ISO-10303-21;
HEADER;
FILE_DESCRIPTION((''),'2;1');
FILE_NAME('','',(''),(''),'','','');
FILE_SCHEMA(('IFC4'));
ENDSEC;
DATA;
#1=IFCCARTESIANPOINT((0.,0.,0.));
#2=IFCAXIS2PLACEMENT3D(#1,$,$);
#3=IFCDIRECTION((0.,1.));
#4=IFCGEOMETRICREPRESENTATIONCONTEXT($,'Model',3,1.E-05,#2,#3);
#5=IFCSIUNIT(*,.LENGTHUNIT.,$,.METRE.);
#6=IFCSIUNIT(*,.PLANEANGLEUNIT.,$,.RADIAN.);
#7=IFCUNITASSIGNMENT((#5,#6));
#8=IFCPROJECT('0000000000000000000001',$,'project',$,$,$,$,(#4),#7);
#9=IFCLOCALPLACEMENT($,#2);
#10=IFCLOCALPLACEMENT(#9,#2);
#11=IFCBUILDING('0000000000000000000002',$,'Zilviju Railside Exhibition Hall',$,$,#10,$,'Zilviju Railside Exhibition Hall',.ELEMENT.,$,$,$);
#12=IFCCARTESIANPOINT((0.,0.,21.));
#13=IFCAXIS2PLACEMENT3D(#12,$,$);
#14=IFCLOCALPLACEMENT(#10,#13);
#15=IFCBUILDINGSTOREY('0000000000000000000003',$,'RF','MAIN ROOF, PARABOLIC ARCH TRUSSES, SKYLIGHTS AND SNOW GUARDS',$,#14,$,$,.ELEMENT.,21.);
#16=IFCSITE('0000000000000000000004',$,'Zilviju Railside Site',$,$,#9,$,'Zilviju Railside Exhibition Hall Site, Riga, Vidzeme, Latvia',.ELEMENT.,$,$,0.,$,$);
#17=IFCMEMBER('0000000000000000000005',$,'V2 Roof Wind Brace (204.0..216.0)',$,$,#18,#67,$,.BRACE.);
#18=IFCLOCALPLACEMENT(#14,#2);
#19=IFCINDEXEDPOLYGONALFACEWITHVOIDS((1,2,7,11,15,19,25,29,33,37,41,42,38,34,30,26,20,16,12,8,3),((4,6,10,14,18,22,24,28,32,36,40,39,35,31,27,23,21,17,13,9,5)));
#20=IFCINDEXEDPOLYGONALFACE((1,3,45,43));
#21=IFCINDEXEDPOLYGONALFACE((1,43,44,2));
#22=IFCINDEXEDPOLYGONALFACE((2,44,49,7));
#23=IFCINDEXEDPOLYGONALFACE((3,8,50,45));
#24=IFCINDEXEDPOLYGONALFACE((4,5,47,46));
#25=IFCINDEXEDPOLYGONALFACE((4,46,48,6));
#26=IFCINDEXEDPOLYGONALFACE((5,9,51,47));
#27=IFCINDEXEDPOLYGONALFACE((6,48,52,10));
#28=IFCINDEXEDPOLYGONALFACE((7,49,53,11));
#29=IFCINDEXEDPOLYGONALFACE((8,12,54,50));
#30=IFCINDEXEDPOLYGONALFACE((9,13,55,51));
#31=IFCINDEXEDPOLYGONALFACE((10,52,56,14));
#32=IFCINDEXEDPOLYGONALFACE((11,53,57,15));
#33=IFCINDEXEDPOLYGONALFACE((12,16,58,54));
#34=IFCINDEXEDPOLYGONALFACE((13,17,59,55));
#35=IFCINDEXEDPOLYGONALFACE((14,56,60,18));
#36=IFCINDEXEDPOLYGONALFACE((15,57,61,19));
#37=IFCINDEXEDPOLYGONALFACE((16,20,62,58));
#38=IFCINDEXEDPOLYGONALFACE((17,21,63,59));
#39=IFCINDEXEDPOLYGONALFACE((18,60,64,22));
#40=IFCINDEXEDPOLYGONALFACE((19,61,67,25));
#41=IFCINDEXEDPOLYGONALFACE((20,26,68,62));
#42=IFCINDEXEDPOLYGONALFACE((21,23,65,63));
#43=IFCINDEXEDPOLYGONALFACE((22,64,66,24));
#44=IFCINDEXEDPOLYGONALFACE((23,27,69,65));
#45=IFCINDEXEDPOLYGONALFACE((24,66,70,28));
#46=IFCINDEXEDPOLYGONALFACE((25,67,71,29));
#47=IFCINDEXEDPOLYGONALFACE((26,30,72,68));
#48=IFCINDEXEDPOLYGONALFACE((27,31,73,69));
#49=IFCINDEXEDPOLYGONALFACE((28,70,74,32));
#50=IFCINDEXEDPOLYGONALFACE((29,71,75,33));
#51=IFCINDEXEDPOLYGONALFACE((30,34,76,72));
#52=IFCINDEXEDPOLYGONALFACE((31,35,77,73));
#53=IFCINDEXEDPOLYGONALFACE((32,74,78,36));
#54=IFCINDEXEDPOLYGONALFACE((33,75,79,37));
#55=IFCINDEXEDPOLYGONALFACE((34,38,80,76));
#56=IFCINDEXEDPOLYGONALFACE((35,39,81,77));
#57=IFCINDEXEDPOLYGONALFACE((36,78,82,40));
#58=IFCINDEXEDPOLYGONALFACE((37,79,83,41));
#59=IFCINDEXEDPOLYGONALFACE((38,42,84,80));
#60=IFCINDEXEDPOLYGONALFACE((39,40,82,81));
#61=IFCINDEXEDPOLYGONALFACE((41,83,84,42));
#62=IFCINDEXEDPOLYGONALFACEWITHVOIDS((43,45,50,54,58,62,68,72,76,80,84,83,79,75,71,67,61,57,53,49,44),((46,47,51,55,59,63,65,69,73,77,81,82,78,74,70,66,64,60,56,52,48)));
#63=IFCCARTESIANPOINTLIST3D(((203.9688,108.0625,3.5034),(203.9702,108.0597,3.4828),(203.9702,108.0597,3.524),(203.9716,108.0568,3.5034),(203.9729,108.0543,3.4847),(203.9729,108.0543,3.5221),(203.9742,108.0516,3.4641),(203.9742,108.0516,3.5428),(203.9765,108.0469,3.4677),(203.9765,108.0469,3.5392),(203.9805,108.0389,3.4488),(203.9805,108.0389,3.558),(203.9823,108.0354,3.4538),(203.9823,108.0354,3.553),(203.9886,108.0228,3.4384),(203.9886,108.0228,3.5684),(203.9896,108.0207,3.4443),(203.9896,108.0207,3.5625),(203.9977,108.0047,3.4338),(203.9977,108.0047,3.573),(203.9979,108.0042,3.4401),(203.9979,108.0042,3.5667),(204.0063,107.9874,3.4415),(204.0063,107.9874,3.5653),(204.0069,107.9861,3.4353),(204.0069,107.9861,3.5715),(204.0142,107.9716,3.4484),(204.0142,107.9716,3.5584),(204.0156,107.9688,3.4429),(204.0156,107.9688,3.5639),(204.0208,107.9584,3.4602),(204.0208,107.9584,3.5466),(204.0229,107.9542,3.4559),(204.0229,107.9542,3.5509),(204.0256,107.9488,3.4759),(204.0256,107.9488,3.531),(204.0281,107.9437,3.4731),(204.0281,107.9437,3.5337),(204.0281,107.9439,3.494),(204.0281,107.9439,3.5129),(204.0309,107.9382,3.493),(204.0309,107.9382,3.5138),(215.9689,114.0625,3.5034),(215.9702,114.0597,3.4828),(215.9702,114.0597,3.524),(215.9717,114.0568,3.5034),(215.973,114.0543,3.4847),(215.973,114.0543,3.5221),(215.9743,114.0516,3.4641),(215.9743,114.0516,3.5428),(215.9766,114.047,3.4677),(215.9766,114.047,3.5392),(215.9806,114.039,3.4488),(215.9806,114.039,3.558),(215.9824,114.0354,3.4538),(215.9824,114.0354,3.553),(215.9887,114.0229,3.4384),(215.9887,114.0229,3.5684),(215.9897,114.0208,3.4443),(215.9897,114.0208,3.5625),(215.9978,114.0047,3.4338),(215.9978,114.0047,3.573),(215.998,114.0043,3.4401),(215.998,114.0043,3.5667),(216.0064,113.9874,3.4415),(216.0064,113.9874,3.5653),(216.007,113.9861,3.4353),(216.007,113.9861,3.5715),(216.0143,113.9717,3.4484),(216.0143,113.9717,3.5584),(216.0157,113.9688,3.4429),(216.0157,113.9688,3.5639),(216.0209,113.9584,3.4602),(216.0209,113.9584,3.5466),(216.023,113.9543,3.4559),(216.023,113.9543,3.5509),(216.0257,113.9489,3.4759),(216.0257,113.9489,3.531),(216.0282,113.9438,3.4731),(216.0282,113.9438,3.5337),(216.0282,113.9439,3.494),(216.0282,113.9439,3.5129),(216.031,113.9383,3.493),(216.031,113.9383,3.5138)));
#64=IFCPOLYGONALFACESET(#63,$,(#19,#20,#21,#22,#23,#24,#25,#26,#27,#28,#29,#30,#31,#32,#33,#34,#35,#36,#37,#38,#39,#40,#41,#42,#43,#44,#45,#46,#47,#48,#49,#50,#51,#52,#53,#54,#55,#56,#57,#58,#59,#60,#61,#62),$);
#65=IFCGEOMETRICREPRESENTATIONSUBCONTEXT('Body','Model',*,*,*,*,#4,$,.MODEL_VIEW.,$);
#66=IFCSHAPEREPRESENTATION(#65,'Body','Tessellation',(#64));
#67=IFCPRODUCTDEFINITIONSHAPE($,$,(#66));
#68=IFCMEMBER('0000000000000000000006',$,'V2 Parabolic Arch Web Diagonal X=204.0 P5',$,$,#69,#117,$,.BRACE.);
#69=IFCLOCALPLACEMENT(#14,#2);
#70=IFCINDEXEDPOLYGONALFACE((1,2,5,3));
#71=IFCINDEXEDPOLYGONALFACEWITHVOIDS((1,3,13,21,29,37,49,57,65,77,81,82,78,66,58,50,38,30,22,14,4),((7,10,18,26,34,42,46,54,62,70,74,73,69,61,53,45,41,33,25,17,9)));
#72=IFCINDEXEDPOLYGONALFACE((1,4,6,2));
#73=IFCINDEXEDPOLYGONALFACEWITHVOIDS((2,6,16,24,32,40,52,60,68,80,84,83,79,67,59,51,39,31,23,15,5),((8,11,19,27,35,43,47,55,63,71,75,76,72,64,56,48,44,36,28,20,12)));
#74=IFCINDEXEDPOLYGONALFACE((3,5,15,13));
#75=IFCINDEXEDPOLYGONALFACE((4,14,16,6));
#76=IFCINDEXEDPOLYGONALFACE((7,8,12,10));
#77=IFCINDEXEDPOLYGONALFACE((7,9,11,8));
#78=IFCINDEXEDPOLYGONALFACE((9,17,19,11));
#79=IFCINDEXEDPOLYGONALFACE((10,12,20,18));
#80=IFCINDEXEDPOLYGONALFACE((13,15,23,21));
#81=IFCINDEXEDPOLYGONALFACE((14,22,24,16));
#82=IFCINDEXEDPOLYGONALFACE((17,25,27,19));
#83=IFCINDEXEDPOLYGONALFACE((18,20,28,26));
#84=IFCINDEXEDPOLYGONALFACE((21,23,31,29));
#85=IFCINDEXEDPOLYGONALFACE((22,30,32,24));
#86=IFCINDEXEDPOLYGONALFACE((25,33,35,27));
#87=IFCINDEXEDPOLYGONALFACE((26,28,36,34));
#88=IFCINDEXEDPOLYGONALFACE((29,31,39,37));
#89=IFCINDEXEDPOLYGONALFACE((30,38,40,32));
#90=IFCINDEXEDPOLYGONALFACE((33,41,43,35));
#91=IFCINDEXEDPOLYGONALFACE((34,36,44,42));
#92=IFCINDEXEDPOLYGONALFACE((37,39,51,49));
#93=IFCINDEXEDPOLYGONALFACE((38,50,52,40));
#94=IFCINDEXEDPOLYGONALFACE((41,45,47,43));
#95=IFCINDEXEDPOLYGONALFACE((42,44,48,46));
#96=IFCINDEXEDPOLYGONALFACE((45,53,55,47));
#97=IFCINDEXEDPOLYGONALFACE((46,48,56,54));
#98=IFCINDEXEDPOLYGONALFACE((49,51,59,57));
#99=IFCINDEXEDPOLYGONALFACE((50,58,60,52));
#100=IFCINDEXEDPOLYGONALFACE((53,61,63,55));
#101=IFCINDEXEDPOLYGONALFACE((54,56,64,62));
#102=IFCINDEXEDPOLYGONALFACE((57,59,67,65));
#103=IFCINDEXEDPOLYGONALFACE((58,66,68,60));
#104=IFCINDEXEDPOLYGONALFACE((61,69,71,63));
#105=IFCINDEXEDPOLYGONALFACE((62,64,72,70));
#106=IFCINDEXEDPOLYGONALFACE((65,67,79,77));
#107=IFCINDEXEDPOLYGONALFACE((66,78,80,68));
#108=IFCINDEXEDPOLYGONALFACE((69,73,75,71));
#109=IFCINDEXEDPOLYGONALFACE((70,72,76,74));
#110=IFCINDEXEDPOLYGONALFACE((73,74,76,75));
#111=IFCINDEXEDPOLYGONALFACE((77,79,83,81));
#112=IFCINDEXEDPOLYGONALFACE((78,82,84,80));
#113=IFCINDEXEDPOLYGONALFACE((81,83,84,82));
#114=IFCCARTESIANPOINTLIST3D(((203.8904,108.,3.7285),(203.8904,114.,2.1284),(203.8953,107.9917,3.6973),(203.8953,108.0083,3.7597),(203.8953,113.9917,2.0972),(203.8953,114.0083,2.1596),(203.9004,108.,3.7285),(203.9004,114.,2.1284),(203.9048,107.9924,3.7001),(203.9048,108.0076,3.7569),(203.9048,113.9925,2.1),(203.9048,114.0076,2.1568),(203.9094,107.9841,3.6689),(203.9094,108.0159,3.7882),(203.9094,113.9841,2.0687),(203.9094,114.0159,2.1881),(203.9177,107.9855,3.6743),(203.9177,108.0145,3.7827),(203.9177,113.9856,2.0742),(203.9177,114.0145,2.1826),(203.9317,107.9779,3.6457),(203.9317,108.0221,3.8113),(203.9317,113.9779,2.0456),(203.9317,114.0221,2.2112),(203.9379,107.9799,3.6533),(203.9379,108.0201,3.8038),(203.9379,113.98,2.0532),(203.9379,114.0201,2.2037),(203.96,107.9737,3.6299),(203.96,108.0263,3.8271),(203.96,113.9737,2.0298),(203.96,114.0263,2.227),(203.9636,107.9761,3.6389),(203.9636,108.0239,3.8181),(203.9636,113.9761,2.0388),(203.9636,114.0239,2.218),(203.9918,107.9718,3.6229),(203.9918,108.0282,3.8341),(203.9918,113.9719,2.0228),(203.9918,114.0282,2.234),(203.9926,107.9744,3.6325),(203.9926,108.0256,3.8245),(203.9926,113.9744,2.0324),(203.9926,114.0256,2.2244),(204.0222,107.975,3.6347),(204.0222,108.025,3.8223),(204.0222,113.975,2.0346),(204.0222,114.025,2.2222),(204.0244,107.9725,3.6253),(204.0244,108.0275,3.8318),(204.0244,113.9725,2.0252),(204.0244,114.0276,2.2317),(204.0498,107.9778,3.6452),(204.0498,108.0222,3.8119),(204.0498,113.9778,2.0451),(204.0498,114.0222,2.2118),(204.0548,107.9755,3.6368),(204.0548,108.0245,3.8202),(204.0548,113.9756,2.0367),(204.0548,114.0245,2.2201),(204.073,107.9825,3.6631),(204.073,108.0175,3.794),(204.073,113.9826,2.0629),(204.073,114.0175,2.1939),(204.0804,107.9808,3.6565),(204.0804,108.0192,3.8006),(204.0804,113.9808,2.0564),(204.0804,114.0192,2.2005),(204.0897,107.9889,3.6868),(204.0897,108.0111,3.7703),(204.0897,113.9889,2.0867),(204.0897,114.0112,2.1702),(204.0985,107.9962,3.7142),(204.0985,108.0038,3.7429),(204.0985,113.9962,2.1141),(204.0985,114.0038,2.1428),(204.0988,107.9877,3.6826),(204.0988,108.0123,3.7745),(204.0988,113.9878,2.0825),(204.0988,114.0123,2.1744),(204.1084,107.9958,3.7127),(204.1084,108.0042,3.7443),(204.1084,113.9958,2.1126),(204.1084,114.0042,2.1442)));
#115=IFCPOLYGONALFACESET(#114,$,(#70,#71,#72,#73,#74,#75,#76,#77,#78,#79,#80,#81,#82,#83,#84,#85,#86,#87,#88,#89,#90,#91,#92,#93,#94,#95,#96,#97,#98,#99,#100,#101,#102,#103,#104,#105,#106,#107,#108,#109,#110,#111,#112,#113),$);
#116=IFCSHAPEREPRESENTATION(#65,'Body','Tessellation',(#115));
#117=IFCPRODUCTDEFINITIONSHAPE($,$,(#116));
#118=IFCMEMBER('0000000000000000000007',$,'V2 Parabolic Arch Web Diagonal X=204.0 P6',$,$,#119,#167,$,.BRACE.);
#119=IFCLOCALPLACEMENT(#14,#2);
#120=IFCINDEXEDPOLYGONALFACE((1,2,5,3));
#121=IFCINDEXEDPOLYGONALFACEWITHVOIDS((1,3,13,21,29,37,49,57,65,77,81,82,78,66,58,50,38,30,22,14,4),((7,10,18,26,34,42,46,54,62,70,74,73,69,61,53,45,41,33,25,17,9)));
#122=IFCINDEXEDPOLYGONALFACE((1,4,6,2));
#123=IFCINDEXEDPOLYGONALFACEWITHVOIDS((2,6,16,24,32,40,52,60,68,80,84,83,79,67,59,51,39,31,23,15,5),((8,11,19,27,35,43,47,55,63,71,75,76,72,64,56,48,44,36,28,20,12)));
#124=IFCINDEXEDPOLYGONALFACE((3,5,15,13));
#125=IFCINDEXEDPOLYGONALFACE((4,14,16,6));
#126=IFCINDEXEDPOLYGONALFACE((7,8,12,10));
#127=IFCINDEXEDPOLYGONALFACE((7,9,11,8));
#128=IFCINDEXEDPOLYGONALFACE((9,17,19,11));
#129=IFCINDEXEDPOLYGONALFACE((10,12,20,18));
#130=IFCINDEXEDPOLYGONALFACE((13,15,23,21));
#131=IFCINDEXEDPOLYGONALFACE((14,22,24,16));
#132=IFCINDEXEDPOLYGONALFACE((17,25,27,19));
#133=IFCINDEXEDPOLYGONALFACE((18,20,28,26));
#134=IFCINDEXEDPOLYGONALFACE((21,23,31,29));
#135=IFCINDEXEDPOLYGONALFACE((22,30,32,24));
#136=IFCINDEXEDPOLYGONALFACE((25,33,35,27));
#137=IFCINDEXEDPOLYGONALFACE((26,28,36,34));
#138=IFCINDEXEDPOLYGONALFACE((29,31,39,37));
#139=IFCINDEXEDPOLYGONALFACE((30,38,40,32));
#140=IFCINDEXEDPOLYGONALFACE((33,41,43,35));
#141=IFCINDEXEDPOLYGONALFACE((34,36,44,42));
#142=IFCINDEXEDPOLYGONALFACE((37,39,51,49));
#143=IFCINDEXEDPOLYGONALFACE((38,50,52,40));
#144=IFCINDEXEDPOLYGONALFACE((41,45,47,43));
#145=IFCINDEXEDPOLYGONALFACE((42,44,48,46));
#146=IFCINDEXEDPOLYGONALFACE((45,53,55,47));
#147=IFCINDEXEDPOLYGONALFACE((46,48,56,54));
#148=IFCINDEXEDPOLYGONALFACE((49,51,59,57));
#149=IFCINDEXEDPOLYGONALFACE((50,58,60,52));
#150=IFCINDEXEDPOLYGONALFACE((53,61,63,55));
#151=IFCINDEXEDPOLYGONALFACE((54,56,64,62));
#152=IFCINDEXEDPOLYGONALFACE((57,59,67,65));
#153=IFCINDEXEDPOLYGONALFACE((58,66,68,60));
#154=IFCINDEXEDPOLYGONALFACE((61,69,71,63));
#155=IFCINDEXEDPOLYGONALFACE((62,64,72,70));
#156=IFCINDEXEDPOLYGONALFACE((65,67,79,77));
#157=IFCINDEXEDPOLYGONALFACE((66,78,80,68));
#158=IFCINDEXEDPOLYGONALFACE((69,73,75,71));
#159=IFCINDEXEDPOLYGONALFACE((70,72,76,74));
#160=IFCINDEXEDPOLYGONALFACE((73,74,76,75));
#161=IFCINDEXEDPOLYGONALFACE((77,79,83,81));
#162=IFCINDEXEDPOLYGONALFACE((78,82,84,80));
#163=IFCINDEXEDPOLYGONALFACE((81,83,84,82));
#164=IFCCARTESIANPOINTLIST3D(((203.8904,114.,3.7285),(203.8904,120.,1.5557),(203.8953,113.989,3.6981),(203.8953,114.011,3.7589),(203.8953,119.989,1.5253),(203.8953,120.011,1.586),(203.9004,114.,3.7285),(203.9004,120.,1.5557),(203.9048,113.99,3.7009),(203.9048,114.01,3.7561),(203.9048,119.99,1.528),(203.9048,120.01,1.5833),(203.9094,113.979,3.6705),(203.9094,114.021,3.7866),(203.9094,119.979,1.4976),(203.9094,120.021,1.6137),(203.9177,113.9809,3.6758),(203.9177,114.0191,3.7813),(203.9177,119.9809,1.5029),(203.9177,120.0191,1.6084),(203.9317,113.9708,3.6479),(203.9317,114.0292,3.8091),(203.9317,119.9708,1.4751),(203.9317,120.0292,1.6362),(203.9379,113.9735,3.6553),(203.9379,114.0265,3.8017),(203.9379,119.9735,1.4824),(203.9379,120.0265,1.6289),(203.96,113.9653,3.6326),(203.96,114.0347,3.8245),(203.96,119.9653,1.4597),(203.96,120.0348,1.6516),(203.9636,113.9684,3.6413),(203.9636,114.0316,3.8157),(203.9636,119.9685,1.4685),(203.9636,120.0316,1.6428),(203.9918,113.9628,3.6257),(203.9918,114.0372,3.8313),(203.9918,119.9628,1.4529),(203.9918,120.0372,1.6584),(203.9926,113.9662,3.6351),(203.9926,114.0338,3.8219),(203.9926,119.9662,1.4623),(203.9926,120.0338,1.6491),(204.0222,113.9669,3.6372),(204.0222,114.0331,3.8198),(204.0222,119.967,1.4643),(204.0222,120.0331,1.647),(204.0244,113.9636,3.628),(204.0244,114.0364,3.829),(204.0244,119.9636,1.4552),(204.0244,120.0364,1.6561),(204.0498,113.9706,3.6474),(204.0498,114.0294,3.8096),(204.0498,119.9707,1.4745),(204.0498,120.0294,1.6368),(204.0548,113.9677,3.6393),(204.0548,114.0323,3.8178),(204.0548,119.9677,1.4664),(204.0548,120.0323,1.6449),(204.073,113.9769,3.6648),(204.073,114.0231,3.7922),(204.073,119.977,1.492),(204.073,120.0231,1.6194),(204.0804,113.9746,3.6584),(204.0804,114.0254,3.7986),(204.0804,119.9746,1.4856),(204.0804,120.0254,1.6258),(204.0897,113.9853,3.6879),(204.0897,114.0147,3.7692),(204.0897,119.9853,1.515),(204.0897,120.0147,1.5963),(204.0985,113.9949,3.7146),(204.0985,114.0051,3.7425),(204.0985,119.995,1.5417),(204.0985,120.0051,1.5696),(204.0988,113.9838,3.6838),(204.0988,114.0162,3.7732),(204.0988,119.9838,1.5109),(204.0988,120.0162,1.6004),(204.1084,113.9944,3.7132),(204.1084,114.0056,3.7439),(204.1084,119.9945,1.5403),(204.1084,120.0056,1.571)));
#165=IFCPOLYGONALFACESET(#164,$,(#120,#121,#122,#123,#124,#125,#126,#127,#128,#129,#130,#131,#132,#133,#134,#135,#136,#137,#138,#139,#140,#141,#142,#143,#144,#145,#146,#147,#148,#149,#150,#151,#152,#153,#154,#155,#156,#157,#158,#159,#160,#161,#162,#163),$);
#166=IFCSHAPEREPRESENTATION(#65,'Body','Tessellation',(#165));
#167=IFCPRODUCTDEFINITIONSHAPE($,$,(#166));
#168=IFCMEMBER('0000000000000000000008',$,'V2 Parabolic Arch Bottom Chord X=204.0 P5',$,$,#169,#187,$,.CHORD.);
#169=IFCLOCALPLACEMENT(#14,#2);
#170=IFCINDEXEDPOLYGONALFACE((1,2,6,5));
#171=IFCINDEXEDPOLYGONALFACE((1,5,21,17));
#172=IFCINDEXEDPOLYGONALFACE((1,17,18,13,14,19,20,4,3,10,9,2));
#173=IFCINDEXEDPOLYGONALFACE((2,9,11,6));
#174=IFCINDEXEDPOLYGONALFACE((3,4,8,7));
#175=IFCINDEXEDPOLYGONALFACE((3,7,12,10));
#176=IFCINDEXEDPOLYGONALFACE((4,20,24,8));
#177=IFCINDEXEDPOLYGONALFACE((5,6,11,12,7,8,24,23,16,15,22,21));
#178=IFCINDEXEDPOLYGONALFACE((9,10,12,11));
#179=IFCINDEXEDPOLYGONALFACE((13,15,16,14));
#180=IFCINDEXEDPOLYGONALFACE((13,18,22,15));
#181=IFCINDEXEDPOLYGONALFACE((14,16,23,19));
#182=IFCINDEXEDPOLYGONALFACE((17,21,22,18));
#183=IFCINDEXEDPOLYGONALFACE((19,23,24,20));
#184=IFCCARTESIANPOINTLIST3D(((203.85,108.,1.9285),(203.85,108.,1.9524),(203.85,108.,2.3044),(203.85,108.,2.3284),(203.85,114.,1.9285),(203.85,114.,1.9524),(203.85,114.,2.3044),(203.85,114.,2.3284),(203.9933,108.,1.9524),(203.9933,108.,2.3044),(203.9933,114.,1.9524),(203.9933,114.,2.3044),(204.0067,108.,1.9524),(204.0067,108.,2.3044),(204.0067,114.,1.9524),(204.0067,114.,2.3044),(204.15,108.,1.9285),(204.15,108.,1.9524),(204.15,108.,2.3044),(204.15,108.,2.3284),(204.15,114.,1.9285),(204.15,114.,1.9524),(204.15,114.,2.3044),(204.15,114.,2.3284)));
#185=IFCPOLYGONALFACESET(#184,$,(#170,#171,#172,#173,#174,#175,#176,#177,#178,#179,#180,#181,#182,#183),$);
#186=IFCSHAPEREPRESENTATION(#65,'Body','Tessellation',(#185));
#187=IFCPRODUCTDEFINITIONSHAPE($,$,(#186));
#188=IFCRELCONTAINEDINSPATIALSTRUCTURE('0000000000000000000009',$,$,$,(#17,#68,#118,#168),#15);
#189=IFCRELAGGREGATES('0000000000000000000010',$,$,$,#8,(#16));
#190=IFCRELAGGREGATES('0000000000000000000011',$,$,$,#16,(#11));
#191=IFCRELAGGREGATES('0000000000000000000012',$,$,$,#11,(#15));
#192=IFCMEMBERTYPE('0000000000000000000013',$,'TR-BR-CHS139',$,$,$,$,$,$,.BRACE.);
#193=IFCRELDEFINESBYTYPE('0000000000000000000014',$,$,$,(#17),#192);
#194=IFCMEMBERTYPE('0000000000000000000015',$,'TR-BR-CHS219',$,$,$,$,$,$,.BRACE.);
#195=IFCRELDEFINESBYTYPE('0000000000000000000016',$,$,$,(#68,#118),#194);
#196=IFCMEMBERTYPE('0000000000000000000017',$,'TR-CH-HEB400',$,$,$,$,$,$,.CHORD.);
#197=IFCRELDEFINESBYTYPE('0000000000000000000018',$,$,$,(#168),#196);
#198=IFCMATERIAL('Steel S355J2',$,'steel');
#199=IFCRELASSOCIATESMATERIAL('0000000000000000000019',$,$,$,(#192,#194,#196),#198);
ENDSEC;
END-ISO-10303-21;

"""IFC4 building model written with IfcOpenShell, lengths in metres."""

from ifc_helpers import new_model, si_unit, direction, frame, origin, origin_2d, place, context, subcontext, project, spatial, hollow_circle, i_section, extrude, material, material_profile, profile_set, type_object, element, save


model = new_model("IFC4")

# Units and contexts
model_context = context("Model", 3, precision=1e-05, world=origin(), true_north=direction((0.0, 1.0)))
body_context = subcontext(model_context, "Body", "Model", "MODEL_VIEW")
ifc_project = project(units=[si_unit("LENGTHUNIT", "METRE"), si_unit("PLANEANGLEUNIT", "RADIAN")], contexts=[model_context])

# Site, building, storey
site_placement = place(None, origin())
site = spatial("IfcSite", under=ifc_project, at=site_placement, Name="Zilviju Railside Site", LongName="Zilviju Railside Exhibition Hall Site, Riga, Vidzeme, Latvia", CompositionType="ELEMENT", RefElevation=0.0)
building_placement = place(site_placement, origin())
building = spatial("IfcBuilding", under=site, at=building_placement, Name="Zilviju Railside Exhibition Hall", LongName="Zilviju Railside Exhibition Hall", CompositionType="ELEMENT")
storey_placement = place(building_placement, frame((0.0, 0.0, 21.0)))
storey = spatial("IfcBuildingStorey", under=building, at=storey_placement, Name="RF", Description="MAIN ROOF, PARABOLIC ARCH TRUSSES, SKYLIGHTS AND SNOW GUARDS", CompositionType="ELEMENT", Elevation=21.0)

# Members
ifc_material_1 = material(Name="Steel S355J2", Category="steel")
ifc_material_profile_1 = material_profile(ifc_material_1, hollow_circle(Radius=0.0698, WallThickness=0.0063, at=origin_2d()), Name="CHS 139.7x6.3")
ifc_profile_set_1 = profile_set([ifc_material_profile_1], Name="Steel S355J2")
member_type_1 = type_object("IfcMemberType", Name="TR-BR-CHS139", PredefinedType="BRACE", material=ifc_profile_set_1)
member_1_placement = place(storey_placement, frame((204.0, 108.0, 3.5034), z_axis=(0.894427, 0.447214, 0.0), x_axis=(-0.447214, 0.894427, 0.0)))
element("IfcMember", 1, at=member_1_placement, inside=storey, type_object=member_type_1, Name="V2 Roof Wind Brace (204.0..216.0)", PredefinedType="BRACE", context=body_context, shape_type="SweptSolid", body=[
    extrude(hollow_circle(Radius=0.0698, WallThickness=0.0063, at=origin_2d()), origin(), (0.0, 0.0, 1.0), 13.4165),
])
ifc_material_profile_2 = material_profile(ifc_material_1, hollow_circle(Radius=0.1096, WallThickness=0.01, at=origin_2d()), Name="CHS 219.1x10.0")
ifc_profile_set_2 = profile_set([ifc_material_profile_2], Name="Steel S355J2")
member_type_2 = type_object("IfcMemberType", Name="TR-BR-CHS219", PredefinedType="BRACE", material=ifc_profile_set_2)
member_2_placement = place(storey_placement, frame((204.0, 108.0, 3.7285), z_axis=(0.0, 0.966231, -0.257677), x_axis=(-1.0, 0.0, 0.0)))
element("IfcMember", 2, at=member_2_placement, inside=storey, type_object=member_type_2, Name="V2 Parabolic Arch Web Diagonal X=204.0 P5", PredefinedType="BRACE", context=body_context, shape_type="SweptSolid", body=[
    extrude(hollow_circle(Radius=0.1096, WallThickness=0.01, at=origin_2d()), origin(), (0.0, 0.0, 1.0), 6.2097),
])
member_3_placement = place(storey_placement, frame((204.0, 114.0, 3.7285), z_axis=(0.0, 0.940244, -0.340502), x_axis=(-1.0, 0.0, 0.0)))
element("IfcMember", 3, at=member_3_placement, inside=storey, type_object=member_type_2, Name="V2 Parabolic Arch Web Diagonal X=204.0 P6", PredefinedType="BRACE", context=body_context, shape_type="SweptSolid", body=[
    extrude(hollow_circle(Radius=0.1096, WallThickness=0.01, at=origin_2d()), origin(), (0.0, 0.0, 1.0), 6.3813),
])
ifc_material_profile_3 = material_profile(ifc_material_1, i_section(OverallWidth=0.3, OverallDepth=0.3999, WebThickness=0.0134, FlangeThickness=0.0239, at=origin_2d()), Name="HEB 400")
ifc_profile_set_3 = profile_set([ifc_material_profile_3], Name="Steel S355J2")
member_type_3 = type_object("IfcMemberType", Name="TR-CH-HEB400", PredefinedType="CHORD", material=ifc_profile_set_3)
member_4_placement = place(storey_placement, frame((204.0, 108.0, 2.1284), z_axis=(0.0, 1.0, 0.0), x_axis=(-1.0, 0.0, 0.0)))
element("IfcMember", 4, at=member_4_placement, inside=storey, type_object=member_type_3, Name="V2 Parabolic Arch Bottom Chord X=204.0 P5", PredefinedType="CHORD", context=body_context, shape_type="SweptSolid", body=[
    extrude(i_section(OverallWidth=0.3, OverallDepth=0.3999, WebThickness=0.0134, FlangeThickness=0.0239, at=origin_2d()), origin(), (0.0, 0.0, 1.0), 6.0),
])

save(model, "model.ifc")
